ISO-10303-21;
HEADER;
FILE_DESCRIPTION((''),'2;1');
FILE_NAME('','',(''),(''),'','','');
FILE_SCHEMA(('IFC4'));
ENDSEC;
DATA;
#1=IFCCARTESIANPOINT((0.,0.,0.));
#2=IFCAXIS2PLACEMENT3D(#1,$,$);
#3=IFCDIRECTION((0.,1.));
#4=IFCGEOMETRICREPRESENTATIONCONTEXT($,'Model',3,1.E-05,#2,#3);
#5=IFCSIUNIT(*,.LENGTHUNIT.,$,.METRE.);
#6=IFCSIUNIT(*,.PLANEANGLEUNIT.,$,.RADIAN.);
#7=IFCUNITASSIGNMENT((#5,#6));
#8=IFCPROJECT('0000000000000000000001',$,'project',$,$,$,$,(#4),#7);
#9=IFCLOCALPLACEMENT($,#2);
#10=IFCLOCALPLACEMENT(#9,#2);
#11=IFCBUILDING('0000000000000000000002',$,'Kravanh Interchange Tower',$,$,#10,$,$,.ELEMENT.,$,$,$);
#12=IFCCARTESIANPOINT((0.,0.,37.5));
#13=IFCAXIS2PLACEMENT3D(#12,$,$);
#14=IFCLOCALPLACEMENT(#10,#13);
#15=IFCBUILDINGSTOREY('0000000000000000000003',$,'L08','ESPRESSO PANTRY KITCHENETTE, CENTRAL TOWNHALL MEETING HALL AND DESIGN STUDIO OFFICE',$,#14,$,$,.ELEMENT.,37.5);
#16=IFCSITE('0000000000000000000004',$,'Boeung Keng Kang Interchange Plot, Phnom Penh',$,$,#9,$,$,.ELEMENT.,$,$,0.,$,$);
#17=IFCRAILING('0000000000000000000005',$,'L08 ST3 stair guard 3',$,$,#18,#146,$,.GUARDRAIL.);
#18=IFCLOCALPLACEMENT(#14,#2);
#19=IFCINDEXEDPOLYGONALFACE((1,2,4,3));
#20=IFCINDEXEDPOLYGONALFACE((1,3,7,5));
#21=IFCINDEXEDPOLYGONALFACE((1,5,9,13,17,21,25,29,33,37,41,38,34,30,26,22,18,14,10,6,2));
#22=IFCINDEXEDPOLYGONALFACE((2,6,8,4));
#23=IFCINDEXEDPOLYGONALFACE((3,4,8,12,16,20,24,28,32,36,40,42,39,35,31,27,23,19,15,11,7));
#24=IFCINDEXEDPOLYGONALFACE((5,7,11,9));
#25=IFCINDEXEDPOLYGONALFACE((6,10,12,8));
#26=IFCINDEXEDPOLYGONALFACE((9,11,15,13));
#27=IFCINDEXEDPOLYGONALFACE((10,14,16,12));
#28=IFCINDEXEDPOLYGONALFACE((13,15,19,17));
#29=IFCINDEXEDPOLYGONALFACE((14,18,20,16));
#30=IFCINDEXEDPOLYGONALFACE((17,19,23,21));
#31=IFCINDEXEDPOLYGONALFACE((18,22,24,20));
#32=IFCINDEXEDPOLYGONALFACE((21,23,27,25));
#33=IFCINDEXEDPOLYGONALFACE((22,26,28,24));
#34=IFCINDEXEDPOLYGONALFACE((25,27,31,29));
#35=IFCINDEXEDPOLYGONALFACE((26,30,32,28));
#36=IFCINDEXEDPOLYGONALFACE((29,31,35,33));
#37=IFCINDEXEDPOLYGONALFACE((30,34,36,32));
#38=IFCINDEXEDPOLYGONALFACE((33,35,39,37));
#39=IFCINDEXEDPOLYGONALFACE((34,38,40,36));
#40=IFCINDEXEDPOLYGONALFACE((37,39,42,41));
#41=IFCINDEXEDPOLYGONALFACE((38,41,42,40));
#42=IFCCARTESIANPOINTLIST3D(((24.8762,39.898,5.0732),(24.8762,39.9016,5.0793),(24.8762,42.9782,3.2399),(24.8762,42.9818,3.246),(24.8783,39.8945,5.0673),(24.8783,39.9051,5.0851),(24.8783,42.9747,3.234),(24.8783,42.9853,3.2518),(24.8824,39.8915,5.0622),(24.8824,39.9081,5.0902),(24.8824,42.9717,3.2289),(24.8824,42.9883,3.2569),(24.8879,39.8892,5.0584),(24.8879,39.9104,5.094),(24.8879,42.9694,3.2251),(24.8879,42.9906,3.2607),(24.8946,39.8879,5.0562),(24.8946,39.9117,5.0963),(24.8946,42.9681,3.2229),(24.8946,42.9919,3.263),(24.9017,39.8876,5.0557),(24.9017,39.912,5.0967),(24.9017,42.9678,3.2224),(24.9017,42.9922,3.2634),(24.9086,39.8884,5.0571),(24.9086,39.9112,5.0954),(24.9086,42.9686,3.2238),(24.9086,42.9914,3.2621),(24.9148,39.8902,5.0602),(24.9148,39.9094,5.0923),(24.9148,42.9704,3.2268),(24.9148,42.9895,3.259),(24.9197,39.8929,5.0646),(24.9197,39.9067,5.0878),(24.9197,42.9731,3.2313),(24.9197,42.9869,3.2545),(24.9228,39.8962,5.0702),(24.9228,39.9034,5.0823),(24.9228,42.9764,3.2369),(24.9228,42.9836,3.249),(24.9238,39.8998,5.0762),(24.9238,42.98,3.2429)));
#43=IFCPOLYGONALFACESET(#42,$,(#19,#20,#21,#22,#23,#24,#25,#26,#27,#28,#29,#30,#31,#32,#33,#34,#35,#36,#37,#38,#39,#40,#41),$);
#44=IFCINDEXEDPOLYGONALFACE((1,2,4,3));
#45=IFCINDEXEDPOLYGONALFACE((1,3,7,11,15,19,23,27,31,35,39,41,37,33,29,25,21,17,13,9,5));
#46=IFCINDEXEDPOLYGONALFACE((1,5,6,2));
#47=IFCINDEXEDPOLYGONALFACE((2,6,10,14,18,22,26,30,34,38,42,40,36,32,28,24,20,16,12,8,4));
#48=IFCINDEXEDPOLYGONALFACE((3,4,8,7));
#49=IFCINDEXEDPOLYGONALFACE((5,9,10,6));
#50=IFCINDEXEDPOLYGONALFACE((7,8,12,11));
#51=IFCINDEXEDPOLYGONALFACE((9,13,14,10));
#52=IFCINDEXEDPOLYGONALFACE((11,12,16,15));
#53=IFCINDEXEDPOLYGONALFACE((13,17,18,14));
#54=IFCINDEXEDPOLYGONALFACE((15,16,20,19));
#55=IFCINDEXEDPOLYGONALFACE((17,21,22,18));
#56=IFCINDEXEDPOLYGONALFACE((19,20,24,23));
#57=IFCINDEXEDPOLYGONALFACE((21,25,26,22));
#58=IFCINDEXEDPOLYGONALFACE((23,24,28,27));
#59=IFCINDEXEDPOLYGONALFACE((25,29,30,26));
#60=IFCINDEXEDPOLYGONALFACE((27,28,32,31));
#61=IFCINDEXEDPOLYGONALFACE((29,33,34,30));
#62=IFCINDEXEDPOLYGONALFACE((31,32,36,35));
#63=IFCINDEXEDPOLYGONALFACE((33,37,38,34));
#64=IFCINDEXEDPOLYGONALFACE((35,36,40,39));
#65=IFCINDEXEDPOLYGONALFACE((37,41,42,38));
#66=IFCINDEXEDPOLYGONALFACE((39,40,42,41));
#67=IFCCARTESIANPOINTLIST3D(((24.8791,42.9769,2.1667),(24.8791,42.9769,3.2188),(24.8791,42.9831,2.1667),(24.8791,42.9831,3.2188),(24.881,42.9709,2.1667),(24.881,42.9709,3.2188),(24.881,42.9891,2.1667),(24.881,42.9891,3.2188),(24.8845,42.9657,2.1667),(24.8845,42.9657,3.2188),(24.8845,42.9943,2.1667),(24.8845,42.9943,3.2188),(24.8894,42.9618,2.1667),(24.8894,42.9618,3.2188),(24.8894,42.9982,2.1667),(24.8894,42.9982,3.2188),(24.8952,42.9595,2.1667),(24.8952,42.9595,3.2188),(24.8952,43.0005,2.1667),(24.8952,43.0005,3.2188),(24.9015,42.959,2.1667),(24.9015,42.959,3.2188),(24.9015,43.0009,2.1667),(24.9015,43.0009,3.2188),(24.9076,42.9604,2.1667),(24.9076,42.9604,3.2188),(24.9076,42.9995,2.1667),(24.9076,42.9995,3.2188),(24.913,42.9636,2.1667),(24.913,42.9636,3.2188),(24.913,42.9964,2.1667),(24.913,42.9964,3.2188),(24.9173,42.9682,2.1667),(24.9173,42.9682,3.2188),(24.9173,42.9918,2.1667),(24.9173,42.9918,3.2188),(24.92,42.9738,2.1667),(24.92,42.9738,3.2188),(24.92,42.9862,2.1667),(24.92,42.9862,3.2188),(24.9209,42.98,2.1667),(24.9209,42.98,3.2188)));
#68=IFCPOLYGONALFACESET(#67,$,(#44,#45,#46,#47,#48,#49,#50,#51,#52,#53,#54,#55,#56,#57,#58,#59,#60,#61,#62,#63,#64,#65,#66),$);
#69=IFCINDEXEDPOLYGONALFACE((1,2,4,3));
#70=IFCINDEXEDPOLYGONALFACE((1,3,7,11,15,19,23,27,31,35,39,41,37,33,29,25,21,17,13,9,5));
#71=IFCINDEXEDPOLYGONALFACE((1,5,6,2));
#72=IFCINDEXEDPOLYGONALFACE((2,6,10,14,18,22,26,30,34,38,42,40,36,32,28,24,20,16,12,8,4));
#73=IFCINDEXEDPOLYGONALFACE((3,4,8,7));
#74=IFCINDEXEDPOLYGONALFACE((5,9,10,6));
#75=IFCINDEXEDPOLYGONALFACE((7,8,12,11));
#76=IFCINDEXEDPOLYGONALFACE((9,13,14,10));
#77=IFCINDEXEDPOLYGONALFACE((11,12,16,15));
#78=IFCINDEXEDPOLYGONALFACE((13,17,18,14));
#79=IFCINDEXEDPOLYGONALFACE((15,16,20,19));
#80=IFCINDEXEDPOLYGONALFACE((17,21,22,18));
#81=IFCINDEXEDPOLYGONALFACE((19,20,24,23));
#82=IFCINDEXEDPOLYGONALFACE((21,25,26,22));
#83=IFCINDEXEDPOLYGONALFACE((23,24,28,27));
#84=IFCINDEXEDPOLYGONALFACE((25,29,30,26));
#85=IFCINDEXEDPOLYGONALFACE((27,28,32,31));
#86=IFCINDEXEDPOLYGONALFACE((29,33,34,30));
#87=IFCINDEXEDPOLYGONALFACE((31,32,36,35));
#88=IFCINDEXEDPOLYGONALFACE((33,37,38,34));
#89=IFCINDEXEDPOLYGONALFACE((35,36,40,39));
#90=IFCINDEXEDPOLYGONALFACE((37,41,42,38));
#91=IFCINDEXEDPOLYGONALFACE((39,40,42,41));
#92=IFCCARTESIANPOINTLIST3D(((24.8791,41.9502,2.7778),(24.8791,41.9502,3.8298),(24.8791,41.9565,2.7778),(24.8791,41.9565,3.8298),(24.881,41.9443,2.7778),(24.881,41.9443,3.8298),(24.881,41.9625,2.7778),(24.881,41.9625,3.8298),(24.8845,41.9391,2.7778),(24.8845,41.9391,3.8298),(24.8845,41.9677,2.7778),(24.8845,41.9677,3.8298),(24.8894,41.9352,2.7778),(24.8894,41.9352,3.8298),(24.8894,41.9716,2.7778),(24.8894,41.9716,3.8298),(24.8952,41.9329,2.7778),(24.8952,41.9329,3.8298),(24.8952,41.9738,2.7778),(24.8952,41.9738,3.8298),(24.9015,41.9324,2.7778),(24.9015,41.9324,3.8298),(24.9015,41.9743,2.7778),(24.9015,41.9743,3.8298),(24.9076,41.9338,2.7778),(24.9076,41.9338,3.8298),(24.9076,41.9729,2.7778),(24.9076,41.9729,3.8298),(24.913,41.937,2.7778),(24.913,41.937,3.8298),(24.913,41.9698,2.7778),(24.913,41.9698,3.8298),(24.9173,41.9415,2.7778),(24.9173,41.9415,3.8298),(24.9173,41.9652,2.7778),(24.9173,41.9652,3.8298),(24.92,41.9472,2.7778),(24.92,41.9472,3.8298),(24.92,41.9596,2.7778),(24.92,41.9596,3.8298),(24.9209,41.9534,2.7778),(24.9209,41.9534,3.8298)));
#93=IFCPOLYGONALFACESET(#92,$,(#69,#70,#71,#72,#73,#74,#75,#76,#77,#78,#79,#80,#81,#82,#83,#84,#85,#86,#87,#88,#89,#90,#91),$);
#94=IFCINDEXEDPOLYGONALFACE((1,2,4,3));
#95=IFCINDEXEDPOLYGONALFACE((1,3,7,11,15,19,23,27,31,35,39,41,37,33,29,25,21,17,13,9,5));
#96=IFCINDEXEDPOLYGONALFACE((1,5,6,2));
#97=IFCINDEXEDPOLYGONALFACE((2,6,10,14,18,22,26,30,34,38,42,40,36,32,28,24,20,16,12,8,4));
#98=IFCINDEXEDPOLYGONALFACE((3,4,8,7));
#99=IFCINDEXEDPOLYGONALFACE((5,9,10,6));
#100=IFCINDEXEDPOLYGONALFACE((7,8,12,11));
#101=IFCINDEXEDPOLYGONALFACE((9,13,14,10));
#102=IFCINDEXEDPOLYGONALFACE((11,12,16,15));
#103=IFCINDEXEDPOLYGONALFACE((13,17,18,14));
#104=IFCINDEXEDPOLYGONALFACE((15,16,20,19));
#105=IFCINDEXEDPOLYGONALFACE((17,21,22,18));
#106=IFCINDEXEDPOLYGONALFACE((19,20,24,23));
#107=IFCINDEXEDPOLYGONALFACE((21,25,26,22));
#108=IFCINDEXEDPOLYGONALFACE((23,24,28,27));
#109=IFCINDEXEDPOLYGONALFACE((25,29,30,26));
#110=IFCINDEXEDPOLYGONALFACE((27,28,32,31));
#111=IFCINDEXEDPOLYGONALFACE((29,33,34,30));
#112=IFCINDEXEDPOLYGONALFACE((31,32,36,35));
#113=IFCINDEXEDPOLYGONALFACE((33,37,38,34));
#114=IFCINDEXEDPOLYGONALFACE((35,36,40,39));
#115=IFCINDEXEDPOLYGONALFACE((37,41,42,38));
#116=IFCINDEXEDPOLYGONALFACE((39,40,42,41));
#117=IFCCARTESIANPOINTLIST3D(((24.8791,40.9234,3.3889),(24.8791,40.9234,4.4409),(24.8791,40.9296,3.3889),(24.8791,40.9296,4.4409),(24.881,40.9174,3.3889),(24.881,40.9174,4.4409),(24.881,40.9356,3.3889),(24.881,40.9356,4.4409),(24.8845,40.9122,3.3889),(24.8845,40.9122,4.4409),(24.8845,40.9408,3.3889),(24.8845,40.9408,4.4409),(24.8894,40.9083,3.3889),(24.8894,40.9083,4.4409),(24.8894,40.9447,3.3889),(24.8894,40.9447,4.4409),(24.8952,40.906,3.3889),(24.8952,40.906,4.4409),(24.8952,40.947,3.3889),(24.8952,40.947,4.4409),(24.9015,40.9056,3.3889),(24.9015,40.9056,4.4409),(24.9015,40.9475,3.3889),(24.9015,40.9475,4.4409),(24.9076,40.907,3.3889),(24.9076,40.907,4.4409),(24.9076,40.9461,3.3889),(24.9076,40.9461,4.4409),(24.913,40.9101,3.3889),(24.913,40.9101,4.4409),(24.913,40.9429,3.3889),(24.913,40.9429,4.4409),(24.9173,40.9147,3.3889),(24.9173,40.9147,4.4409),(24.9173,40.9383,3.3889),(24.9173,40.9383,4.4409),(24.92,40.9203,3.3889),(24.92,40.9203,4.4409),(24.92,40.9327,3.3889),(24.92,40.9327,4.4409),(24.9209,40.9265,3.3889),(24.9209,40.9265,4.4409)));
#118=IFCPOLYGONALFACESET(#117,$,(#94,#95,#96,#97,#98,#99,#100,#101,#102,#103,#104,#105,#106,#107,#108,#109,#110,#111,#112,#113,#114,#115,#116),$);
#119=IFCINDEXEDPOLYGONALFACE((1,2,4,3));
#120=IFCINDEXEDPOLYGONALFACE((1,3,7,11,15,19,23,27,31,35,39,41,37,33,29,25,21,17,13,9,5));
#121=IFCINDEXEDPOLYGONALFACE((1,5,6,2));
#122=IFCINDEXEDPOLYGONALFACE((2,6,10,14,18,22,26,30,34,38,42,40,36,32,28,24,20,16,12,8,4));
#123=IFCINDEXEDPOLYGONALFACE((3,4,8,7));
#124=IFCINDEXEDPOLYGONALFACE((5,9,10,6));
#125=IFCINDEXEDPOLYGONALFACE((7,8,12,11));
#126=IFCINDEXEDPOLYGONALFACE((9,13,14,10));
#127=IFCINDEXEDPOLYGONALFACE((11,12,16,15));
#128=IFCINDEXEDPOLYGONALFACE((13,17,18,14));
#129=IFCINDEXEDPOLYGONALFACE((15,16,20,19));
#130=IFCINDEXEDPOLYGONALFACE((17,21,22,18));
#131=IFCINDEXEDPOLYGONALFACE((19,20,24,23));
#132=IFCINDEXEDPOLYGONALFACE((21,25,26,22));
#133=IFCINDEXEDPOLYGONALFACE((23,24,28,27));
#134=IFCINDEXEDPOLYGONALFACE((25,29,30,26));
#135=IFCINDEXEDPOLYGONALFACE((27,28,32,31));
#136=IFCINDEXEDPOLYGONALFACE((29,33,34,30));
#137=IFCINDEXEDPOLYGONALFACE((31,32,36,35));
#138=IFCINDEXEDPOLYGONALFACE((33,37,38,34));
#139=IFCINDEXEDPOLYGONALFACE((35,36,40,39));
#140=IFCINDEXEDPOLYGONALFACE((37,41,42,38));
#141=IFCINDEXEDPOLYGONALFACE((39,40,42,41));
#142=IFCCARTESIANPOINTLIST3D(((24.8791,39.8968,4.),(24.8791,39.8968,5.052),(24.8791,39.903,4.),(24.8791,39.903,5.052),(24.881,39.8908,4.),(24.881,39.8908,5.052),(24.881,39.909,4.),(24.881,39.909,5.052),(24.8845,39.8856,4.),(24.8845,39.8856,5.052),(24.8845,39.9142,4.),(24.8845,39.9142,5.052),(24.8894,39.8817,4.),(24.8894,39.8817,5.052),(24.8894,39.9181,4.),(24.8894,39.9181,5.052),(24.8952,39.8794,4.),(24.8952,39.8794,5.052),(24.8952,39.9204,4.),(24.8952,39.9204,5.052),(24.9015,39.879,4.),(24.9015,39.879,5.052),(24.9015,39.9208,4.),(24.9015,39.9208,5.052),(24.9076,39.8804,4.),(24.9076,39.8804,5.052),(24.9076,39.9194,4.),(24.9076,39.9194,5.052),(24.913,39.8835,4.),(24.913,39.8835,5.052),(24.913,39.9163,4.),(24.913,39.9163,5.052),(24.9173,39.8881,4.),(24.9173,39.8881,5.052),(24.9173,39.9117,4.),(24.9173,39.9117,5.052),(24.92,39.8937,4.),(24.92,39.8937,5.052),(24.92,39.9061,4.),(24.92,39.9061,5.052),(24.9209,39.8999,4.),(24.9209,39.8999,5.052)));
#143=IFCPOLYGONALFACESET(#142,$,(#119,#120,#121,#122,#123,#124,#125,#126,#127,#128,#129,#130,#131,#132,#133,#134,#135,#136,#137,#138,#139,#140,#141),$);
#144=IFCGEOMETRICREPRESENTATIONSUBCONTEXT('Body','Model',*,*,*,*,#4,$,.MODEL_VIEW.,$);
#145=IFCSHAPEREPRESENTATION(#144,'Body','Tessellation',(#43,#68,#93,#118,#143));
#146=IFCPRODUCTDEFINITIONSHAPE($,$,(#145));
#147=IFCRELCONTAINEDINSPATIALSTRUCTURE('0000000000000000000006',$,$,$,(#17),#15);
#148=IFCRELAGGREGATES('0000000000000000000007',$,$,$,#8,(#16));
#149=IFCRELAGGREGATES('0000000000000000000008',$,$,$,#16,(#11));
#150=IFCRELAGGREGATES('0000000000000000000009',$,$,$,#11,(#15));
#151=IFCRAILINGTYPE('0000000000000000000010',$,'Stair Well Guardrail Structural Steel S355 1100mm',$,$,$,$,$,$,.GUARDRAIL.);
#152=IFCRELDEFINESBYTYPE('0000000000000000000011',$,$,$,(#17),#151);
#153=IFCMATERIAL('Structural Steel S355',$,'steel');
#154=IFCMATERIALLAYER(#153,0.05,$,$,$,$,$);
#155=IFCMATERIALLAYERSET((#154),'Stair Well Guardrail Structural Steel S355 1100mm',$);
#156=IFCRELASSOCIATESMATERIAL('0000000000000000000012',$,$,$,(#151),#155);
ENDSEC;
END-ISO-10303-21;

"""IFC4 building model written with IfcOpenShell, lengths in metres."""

from ifc_helpers import new_model, si_unit, direction, frame, origin, origin_2d, place, context, subcontext, project, spatial, circle, extrude, material, layer, layer_set, type_object, element, save


model = new_model("IFC4")

# Units and contexts
model_context = context("Model", 3, precision=1e-05, world=origin(), true_north=direction((0.0, 1.0)))
body_context = subcontext(model_context, "Body", "Model", "MODEL_VIEW")
ifc_project = project(units=[si_unit("LENGTHUNIT", "METRE"), si_unit("PLANEANGLEUNIT", "RADIAN")], contexts=[model_context])

# Site, building, storey
site_placement = place(None, origin())
site = spatial("IfcSite", under=ifc_project, at=site_placement, Name="Boeung Keng Kang Interchange Plot, Phnom Penh", CompositionType="ELEMENT", RefElevation=0.0)
building_placement = place(site_placement, origin())
building = spatial("IfcBuilding", under=site, at=building_placement, Name="Kravanh Interchange Tower", CompositionType="ELEMENT")
storey_placement = place(building_placement, frame((0.0, 0.0, 37.5)))
storey = spatial("IfcBuildingStorey", under=building, at=storey_placement, Name="L08", Description="ESPRESSO PANTRY KITCHENETTE, CENTRAL TOWNHALL MEETING HALL AND DESIGN STUDIO OFFICE", CompositionType="ELEMENT", Elevation=37.5)

# Railing
ifc_material_1 = material(Name="Structural Steel S355", Category="steel")
ifc_layer_1 = layer(ifc_material_1, 0.05)
ifc_layer_set_1 = layer_set([ifc_layer_1], Name="Stair Well Guardrail Structural Steel S355 1100mm")
railing_type_1 = type_object("IfcRailingType", Name="Stair Well Guardrail Structural Steel S355 1100mm", PredefinedType="GUARDRAIL", material=ifc_layer_set_1)
railing_1_placement = place(storey_placement, frame((24.8999, 42.98, 2.1667)))
element("IfcRailing", 1, at=railing_1_placement, inside=storey, type_object=railing_type_1, Name="L08 ST3 stair guard 3", PredefinedType="GUARDRAIL", context=body_context, shape_type="SweptSolid", body=[
    extrude(circle(Radius=0.0239, at=origin_2d()), frame((0.0, 0.0, 1.0762), z_axis=(0.0, -0.859309, 0.511458), x_axis=(1.0, 0.0, 0.0)), (0.0, 0.0, 1.0), 3.5845),
    extrude(circle(Radius=0.021, at=origin_2d()), origin(), (0.0, 0.0, 1.0), 1.052),
    extrude(circle(Radius=0.021, at=origin_2d()), frame((0.0, -1.0266, 0.6111)), (0.0, 0.0, 1.0), 1.052),
    extrude(circle(Radius=0.021, at=origin_2d()), frame((0.0, -2.0535, 1.2222)), (0.0, 0.0, 1.0), 1.052),
    extrude(circle(Radius=0.021, at=origin_2d()), frame((0.0, -3.0801, 1.8333)), (0.0, 0.0, 1.0), 1.052),
])

save(model, "model.ifc")
